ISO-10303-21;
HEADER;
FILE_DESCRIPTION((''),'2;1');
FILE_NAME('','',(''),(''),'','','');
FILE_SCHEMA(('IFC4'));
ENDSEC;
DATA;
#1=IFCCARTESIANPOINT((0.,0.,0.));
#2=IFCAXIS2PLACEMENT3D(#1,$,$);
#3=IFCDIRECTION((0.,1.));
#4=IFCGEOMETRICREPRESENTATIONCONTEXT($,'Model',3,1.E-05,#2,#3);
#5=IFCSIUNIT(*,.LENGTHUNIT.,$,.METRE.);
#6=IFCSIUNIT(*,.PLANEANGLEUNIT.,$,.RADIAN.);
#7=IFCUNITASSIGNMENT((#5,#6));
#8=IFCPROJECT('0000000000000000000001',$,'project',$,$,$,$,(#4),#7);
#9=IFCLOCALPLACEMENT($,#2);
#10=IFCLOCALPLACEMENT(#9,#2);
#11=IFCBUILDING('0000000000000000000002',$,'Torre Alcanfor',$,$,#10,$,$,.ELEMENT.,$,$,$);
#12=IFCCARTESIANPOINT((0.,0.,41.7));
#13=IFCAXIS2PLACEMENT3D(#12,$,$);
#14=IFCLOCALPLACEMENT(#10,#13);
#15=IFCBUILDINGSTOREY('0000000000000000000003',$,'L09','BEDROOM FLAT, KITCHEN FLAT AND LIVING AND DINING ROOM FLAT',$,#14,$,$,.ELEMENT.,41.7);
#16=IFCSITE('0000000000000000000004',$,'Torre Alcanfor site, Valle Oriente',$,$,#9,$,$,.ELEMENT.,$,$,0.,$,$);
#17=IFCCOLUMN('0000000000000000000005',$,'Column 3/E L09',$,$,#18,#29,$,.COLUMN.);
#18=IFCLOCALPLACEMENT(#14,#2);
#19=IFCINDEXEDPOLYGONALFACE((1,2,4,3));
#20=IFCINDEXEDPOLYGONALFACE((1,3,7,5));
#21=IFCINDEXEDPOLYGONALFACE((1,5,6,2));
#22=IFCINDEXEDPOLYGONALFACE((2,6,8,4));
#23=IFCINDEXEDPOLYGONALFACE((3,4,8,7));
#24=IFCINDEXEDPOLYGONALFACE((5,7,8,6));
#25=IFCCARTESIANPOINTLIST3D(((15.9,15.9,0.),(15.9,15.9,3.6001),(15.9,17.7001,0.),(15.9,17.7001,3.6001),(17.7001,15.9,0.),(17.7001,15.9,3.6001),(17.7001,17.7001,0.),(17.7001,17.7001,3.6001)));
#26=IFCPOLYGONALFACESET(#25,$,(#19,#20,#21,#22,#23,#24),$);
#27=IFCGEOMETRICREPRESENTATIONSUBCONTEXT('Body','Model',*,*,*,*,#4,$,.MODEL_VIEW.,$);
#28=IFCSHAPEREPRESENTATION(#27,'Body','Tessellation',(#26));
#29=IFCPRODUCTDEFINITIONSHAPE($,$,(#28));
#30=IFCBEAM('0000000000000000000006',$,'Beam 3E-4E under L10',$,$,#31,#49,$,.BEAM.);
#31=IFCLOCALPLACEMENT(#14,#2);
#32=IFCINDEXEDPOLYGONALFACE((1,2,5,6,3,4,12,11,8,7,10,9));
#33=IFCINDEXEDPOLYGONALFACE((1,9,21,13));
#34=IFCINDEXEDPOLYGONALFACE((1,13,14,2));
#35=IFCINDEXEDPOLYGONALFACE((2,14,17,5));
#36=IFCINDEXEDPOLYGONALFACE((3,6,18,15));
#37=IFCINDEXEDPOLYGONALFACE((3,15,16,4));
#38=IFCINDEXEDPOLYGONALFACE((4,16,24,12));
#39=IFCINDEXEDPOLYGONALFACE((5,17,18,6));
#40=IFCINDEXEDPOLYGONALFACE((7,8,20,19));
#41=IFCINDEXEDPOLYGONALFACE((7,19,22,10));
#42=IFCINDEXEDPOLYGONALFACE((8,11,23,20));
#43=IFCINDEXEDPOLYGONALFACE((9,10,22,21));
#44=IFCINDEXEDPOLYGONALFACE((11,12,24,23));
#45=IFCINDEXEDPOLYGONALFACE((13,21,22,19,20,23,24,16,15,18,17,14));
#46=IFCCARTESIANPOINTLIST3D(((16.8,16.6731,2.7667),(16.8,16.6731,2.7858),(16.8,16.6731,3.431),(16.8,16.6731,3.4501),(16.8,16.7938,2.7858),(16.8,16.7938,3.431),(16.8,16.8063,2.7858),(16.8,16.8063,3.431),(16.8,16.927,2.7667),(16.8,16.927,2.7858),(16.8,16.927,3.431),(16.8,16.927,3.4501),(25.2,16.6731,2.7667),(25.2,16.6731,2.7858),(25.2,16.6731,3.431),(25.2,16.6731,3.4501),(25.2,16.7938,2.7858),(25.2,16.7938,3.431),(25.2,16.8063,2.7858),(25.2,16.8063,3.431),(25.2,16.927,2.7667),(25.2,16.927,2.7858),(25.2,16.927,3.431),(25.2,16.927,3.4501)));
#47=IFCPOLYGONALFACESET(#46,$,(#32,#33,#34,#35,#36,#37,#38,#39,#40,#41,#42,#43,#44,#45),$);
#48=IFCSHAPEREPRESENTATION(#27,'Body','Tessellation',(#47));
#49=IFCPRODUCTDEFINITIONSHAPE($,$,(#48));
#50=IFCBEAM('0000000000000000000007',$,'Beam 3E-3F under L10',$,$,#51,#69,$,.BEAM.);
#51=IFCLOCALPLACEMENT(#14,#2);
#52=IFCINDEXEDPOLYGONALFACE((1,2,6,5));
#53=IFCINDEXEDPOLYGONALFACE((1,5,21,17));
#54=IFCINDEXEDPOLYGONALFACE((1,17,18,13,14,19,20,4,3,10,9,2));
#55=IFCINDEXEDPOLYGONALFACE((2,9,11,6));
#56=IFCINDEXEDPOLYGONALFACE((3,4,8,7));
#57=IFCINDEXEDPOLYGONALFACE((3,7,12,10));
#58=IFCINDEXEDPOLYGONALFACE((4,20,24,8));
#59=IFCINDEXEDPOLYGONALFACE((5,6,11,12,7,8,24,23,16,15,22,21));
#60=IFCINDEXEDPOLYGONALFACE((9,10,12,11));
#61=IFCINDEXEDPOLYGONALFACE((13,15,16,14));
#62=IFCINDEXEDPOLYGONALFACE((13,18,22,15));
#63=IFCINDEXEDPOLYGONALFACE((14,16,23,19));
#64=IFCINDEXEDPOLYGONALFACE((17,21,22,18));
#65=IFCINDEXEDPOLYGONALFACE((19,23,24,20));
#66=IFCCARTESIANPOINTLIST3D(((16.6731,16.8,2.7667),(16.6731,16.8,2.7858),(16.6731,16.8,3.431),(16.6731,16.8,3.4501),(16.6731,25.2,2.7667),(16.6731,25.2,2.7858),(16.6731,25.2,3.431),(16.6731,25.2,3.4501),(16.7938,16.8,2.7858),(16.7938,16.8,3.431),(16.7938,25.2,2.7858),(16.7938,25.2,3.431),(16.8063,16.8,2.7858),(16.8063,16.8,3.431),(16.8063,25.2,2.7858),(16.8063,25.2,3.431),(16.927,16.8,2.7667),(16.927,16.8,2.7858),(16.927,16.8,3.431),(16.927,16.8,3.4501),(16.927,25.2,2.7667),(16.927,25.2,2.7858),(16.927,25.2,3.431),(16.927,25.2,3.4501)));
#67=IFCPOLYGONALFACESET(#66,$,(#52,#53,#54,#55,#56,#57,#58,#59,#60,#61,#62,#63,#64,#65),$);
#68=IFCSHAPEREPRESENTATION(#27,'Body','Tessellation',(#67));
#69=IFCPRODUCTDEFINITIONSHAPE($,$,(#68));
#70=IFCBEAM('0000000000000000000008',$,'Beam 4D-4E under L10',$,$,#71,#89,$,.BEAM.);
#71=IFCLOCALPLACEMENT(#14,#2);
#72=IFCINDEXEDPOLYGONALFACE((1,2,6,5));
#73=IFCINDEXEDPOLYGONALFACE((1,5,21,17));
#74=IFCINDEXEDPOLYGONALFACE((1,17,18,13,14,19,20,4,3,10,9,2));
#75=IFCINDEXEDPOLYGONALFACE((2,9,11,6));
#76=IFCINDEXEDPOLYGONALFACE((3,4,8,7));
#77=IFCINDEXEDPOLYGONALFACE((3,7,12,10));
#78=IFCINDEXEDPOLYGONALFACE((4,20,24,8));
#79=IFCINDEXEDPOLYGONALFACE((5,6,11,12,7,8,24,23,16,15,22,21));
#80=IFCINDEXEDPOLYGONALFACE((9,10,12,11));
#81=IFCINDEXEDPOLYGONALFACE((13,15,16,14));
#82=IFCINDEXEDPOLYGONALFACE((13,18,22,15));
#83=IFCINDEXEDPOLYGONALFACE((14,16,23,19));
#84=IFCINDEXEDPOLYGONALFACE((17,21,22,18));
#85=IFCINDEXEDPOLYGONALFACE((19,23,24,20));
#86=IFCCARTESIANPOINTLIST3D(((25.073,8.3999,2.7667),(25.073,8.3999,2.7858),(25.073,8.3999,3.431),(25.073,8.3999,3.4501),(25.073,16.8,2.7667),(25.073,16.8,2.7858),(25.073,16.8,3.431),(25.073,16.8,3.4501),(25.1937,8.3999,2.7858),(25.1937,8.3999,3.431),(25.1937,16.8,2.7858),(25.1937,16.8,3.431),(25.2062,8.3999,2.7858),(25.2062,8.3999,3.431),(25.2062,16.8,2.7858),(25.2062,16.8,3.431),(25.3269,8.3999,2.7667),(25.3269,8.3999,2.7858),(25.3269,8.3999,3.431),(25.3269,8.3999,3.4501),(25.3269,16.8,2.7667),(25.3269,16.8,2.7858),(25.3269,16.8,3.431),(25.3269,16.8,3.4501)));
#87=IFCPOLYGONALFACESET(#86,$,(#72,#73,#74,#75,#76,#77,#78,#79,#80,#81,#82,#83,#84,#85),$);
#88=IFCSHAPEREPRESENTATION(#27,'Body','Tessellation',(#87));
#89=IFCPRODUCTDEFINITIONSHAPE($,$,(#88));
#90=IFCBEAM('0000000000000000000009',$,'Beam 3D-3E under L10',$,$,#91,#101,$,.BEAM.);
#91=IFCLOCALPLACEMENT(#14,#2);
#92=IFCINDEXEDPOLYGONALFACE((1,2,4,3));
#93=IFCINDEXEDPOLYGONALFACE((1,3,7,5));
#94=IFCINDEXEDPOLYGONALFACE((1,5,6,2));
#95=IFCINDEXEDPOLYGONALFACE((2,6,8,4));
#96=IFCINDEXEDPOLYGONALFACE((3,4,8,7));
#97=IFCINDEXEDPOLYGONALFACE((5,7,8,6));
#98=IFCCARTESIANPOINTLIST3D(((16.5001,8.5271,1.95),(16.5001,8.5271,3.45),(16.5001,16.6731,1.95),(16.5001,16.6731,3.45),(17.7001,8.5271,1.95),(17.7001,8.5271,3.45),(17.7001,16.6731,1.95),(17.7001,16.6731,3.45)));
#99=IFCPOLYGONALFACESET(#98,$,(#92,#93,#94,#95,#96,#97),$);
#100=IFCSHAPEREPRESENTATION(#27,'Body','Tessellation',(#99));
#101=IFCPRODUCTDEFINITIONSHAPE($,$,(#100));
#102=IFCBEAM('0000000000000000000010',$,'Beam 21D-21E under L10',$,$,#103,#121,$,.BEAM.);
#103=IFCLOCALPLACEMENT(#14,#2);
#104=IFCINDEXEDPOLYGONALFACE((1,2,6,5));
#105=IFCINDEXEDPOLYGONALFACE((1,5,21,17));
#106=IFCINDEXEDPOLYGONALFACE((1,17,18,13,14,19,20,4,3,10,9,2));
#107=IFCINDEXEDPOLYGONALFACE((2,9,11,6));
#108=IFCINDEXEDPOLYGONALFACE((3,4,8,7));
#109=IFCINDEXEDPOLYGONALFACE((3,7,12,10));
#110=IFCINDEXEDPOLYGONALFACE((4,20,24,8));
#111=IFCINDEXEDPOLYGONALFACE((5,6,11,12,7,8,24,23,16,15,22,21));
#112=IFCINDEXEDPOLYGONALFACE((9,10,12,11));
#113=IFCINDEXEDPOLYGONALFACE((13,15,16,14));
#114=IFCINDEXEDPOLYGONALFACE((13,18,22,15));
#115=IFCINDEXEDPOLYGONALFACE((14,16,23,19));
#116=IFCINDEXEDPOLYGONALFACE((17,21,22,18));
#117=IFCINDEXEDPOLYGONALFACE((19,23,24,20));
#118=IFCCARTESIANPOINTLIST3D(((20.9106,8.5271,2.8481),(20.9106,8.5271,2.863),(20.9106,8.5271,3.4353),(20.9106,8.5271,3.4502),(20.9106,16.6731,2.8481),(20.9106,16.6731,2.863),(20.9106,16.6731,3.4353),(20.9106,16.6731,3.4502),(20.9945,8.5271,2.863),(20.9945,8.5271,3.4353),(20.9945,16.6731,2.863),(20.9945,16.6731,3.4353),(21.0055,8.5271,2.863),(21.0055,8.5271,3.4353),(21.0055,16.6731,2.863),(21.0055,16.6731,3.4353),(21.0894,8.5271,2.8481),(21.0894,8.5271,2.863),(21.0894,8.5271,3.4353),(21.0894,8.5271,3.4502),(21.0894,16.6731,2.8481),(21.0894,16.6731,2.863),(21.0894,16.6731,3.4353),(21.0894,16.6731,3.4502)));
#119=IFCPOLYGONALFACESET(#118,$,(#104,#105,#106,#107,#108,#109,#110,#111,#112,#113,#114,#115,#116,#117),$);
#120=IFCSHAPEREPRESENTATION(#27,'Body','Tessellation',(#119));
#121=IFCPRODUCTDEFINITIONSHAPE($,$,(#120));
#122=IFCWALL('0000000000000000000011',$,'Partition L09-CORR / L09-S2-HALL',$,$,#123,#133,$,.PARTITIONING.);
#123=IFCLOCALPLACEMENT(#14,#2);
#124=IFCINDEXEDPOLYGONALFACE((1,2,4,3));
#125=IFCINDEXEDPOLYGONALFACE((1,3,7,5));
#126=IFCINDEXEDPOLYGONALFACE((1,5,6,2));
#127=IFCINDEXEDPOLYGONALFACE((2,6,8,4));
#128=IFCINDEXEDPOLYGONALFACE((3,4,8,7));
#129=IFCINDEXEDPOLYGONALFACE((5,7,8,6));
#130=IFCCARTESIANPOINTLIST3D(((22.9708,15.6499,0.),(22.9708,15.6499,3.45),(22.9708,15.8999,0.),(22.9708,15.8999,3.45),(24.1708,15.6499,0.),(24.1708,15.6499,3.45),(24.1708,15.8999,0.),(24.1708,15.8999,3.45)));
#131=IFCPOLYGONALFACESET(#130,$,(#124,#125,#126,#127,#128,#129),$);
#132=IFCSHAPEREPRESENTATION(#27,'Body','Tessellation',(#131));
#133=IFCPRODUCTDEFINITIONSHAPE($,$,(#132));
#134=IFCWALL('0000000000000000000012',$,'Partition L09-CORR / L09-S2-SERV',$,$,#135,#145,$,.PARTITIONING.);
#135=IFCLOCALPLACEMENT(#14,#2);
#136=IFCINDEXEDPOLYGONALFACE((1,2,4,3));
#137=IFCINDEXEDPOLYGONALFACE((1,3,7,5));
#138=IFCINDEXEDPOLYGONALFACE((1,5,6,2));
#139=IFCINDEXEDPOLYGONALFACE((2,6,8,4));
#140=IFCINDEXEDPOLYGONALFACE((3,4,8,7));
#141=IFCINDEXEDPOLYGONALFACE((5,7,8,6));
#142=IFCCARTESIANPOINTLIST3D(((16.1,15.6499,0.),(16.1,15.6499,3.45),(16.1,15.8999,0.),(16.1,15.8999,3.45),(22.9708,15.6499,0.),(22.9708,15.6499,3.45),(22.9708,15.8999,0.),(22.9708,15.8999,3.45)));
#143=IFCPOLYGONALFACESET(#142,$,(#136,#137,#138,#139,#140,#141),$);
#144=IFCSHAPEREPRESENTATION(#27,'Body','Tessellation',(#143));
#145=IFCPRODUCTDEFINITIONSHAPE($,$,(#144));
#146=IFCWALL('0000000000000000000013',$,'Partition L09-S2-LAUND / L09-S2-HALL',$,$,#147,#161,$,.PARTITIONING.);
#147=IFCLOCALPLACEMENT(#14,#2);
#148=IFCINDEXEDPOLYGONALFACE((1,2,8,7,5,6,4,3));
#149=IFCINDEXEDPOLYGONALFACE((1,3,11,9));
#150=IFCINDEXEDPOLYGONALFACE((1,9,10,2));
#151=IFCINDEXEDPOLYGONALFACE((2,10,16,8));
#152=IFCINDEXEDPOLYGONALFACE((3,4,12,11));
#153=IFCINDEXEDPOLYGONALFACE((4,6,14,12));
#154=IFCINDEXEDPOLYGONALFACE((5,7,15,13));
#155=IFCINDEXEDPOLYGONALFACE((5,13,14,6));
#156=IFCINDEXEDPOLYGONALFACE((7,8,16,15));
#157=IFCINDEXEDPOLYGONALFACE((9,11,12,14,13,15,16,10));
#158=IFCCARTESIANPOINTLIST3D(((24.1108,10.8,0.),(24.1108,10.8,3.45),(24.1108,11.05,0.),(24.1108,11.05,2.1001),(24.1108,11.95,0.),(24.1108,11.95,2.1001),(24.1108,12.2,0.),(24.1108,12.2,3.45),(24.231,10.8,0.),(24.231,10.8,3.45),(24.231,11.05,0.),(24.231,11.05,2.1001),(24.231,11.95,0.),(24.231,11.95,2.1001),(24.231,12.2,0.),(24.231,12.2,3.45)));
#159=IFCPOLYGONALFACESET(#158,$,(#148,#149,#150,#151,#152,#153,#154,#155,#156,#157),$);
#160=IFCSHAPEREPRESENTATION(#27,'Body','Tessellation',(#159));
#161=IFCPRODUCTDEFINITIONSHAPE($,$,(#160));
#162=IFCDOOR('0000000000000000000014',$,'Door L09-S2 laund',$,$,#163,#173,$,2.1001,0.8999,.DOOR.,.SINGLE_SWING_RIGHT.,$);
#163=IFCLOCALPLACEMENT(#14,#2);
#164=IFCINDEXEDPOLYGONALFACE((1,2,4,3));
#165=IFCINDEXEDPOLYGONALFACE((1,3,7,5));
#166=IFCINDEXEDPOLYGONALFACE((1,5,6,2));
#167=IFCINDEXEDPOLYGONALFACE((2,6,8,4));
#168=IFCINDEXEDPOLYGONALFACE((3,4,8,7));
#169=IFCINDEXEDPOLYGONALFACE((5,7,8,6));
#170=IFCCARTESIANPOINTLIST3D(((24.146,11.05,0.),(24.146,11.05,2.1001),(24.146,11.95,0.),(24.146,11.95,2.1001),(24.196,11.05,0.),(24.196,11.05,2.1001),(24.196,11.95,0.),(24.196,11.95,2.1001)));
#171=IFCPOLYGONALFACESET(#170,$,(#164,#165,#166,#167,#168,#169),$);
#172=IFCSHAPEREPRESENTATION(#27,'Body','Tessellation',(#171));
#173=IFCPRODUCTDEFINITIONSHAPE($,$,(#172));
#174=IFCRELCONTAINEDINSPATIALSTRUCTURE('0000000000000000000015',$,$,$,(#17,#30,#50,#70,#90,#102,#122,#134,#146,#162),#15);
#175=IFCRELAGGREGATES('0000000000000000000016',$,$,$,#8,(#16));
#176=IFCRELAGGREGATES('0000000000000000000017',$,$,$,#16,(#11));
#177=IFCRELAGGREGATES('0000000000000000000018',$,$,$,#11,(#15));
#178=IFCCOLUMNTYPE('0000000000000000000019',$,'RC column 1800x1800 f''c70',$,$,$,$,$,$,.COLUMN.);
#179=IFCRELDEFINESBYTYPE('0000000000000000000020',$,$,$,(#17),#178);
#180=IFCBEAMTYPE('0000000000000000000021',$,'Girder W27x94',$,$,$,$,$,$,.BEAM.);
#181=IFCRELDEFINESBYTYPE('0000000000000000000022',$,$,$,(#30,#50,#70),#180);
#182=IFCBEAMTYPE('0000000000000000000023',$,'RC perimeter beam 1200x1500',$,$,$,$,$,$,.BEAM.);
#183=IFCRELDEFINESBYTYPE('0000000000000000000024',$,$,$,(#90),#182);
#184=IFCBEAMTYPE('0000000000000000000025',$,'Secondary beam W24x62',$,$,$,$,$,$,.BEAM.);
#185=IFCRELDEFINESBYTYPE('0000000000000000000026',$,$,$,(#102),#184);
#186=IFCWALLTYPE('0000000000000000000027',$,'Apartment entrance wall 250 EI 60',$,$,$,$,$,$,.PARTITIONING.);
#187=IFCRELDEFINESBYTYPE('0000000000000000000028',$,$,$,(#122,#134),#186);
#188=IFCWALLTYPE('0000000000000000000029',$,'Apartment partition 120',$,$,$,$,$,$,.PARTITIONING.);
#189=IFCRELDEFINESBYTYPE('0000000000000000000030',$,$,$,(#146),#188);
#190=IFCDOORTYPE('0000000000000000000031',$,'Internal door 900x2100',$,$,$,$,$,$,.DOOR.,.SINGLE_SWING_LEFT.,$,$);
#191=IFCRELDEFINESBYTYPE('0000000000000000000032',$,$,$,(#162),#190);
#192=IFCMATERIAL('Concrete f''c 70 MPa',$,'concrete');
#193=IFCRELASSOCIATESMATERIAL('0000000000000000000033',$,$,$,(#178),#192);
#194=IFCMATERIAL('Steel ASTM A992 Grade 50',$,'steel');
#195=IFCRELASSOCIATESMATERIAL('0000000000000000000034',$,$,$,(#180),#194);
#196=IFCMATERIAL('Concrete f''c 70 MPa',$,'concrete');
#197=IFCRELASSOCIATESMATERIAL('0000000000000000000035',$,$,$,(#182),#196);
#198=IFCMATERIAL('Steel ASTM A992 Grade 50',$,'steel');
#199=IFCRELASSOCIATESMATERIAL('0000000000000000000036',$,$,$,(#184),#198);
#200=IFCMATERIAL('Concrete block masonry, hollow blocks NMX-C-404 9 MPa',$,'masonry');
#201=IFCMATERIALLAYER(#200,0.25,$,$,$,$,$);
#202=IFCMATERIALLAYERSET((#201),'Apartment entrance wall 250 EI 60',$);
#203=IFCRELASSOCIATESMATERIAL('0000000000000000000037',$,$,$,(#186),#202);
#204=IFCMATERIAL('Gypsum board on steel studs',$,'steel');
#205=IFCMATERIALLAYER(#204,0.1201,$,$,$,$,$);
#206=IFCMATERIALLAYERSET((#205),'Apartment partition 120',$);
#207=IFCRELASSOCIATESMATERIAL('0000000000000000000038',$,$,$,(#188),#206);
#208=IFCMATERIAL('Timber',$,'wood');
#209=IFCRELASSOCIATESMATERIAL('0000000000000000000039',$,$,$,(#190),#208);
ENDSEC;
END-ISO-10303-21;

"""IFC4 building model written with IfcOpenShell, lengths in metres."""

from ifc_helpers import new_model, si_unit, direction, frame, frame_2d, origin, origin_2d, place, context, subcontext, project, spatial, rectangle, i_section, extrude, material, layer, layer_set, material_profile, profile_set, type_object, element, fill, save


model = new_model("IFC4")

# Units and contexts
model_context = context("Model", 3, precision=1e-05, world=origin(), true_north=direction((0.0, 1.0)))
body_context = subcontext(model_context, "Body", "Model", "MODEL_VIEW")
ifc_project = project(units=[si_unit("LENGTHUNIT", "METRE"), si_unit("PLANEANGLEUNIT", "RADIAN")], contexts=[model_context])

# Site, building, storey
site_placement = place(None, origin())
site = spatial("IfcSite", under=ifc_project, at=site_placement, Name="Torre Alcanfor site, Valle Oriente", CompositionType="ELEMENT", RefElevation=0.0)
building_placement = place(site_placement, origin())
building = spatial("IfcBuilding", under=site, at=building_placement, Name="Torre Alcanfor", CompositionType="ELEMENT")
storey_placement = place(building_placement, frame((0.0, 0.0, 41.7)))
storey = spatial("IfcBuildingStorey", under=building, at=storey_placement, Name="L09", Description="BEDROOM FLAT, KITCHEN FLAT AND LIVING AND DINING ROOM FLAT", CompositionType="ELEMENT", Elevation=41.7)

# Column
ifc_material_1 = material(Name="Concrete f'c 70 MPa", Category="concrete")
ifc_material_profile_1 = material_profile(ifc_material_1, rectangle(XDim=1.8, YDim=1.8, at=origin_2d()), Name="1800x1800")
ifc_profile_set_1 = profile_set([ifc_material_profile_1], Name="Concrete f'c 70 MPa")
column_type = type_object("IfcColumnType", Name="RC column 1800x1800 f'c70", PredefinedType="COLUMN", material=ifc_profile_set_1)
column_placement = place(storey_placement, frame((16.8, 16.8, 0.0), z_axis=(0.0, 0.0, 1.0), x_axis=(1.0, 0.0, 0.0)))
element("IfcColumn", 1, at=column_placement, inside=storey, type_object=column_type, Name="Column 3/E L09", PredefinedType="COLUMN", context=body_context, shape_type="SweptSolid", body=[
    extrude(rectangle(XDim=1.8, YDim=1.8, at=origin_2d()), origin(), (0.0, 0.0, 1.0), 3.6001),
])

# Beams
ifc_material_2 = material(Name="Steel ASTM A992 Grade 50", Category="steel")
ifc_material_profile_2 = material_profile(ifc_material_2, i_section(OverallWidth=0.2539, OverallDepth=0.6833, WebThickness=0.0125, FlangeThickness=0.019, at=origin_2d()), Name="W27x94")
ifc_profile_set_2 = profile_set([ifc_material_profile_2], Name="Steel ASTM A992 Grade 50")
beam_type_1 = type_object("IfcBeamType", Name="Girder W27x94", PredefinedType="BEAM", material=ifc_profile_set_2)
for number, where, z_axis, x_axis, name in (
    (2, (16.8, 16.8, 3.1084), (1.0, 0.0, 0.0), (0.0, 1.0, 0.0), "Beam 3E-4E under L10"),
    (3, (16.8, 16.8, 3.1084), (0.0, 1.0, 0.0), (-1.0, 0.0, 0.0), "Beam 3E-3F under L10"),
):
    element("IfcBeam", number, at=place(storey_placement, frame(where, z_axis=z_axis, x_axis=x_axis)), inside=storey, type_object=beam_type_1, Name=name, PredefinedType="BEAM", context=body_context, shape_type="SweptSolid", body=[
        extrude(i_section(OverallWidth=0.2539, OverallDepth=0.6833, WebThickness=0.0125, FlangeThickness=0.019, at=origin_2d()), origin(), (0.0, 0.0, 1.0), 8.3999),
    ])
beam_1_placement = place(storey_placement, frame((25.2, 8.3999, 3.1084), z_axis=(0.0, 1.0, 0.0), x_axis=(-1.0, 0.0, 0.0)))
element("IfcBeam", 4, at=beam_1_placement, inside=storey, type_object=beam_type_1, Name="Beam 4D-4E under L10", PredefinedType="BEAM", context=body_context, shape_type="SweptSolid", body=[
    extrude(i_section(OverallWidth=0.2539, OverallDepth=0.6833, WebThickness=0.0125, FlangeThickness=0.019, at=origin_2d()), origin(), (0.0, 0.0, 1.0), 8.4001),
])
ifc_material_3 = material(Name="Concrete f'c 70 MPa", Category="concrete")
ifc_material_profile_3 = material_profile(ifc_material_3, rectangle(XDim=1.2, YDim=1.5, at=origin_2d()), Name="1200x1500")
ifc_profile_set_3 = profile_set([ifc_material_profile_3], Name="Concrete f'c 70 MPa")
beam_type_2 = type_object("IfcBeamType", Name="RC perimeter beam 1200x1500", PredefinedType="BEAM", material=ifc_profile_set_3)
beam_2_placement = place(storey_placement, frame((17.1001, 8.5271, 2.7), z_axis=(0.0, 1.0, 0.0), x_axis=(-1.0, 0.0, 0.0)))
element("IfcBeam", 5, at=beam_2_placement, inside=storey, type_object=beam_type_2, Name="Beam 3D-3E under L10", PredefinedType="BEAM", context=body_context, shape_type="SweptSolid", body=[
    extrude(rectangle(XDim=1.2, YDim=1.5, at=origin_2d()), origin(), (0.0, 0.0, 1.0), 8.146),
])
ifc_material_4 = material(Name="Steel ASTM A992 Grade 50", Category="steel")
ifc_material_profile_4 = material_profile(ifc_material_4, i_section(OverallWidth=0.1787, OverallDepth=0.6021, WebThickness=0.011, FlangeThickness=0.0149, at=origin_2d()), Name="W24x62")
ifc_profile_set_4 = profile_set([ifc_material_profile_4], Name="Steel ASTM A992 Grade 50")
beam_type_3 = type_object("IfcBeamType", Name="Secondary beam W24x62", PredefinedType="BEAM", material=ifc_profile_set_4)
beam_3_placement = place(storey_placement, frame((21.0, 8.5271, 3.1492), z_axis=(0.0, 1.0, 0.0), x_axis=(-1.0, 0.0, 0.0)))
element("IfcBeam", 6, at=beam_3_placement, inside=storey, type_object=beam_type_3, Name="Beam 21D-21E under L10", PredefinedType="BEAM", context=body_context, shape_type="SweptSolid", body=[
    extrude(i_section(OverallWidth=0.1787, OverallDepth=0.6021, WebThickness=0.011, FlangeThickness=0.0149, at=origin_2d()), origin(), (0.0, 0.0, 1.0), 8.146),
])

# Walls
ifc_material_5 = material(Name="Concrete block masonry, hollow blocks NMX-C-404 9 MPa", Category="masonry")
ifc_layer_1 = layer(ifc_material_5, 0.25)
ifc_layer_set_1 = layer_set([ifc_layer_1], Name="Apartment entrance wall 250 EI 60")
wall_type_1 = type_object("IfcWallType", Name="Apartment entrance wall 250 EI 60", PredefinedType="PARTITIONING", material=ifc_layer_set_1)
wall_1_placement = place(storey_placement, frame((24.1709, 15.7749, 0.0), z_axis=(0.0, 0.0, 1.0), x_axis=(-1.0, 0.0, 0.0)))
element("IfcWall", 7, at=wall_1_placement, inside=storey, type_object=wall_type_1, Name="Partition L09-CORR / L09-S2-HALL", PredefinedType="PARTITIONING", context=body_context, shape_type="SweptSolid", body=[
    extrude(rectangle(XDim=1.2, YDim=0.25, at=frame_2d((0.6001, 0.0))), origin(), (0.0, 0.0, 1.0), 3.45),
])
wall_2_placement = place(storey_placement, frame((22.9709, 15.7749, 0.0), z_axis=(0.0, 0.0, 1.0), x_axis=(-1.0, 0.0, 0.0)))
element("IfcWall", 8, at=wall_2_placement, inside=storey, type_object=wall_type_1, Name="Partition L09-CORR / L09-S2-SERV", PredefinedType="PARTITIONING", context=body_context, shape_type="SweptSolid", body=[
    extrude(rectangle(XDim=6.8708, YDim=0.25, at=frame_2d((3.4355, 0.0))), origin(), (0.0, 0.0, 1.0), 3.45),
])

# Wall, opening, door
ifc_material_6 = material(Name="Gypsum board on steel studs", Category="steel")
ifc_layer_2 = layer(ifc_material_6, 0.1201)
ifc_layer_set_2 = layer_set([ifc_layer_2], Name="Apartment partition 120")
wall_type_2 = type_object("IfcWallType", Name="Apartment partition 120", PredefinedType="PARTITIONING", material=ifc_layer_set_2)
wall_3_placement = place(storey_placement, frame((24.1709, 10.8, 0.0), z_axis=(0.0, 0.0, 1.0), x_axis=(0.0, 1.0, 0.0)))
wall_3 = element("IfcWall", 9, at=wall_3_placement, inside=storey, type_object=wall_type_2, Name="Partition L09-S2-LAUND / L09-S2-HALL", PredefinedType="PARTITIONING", context=body_context, shape_type="SweptSolid", body=[
    extrude(rectangle(XDim=1.3999, YDim=0.1201, at=frame_2d((0.7, 0.0))), origin(), (0.0, 0.0, 1.0), 3.45),
])
opening_1_placement = place(wall_3_placement, frame((0.25, 0.0, 0.0)))
opening_1 = element("IfcOpeningElement", 10, at=opening_1_placement, cuts=wall_3, PredefinedType="OPENING", context=body_context, shape_type="SweptSolid", body=[
    extrude(rectangle(XDim=0.8999, YDim=2.1001, at=frame_2d((0.45, 1.05))), frame((0.0, 0.0701, 0.0), z_axis=(0.0, -1.0, 0.0), x_axis=(1.0, 0.0, 0.0)), (0.0, 0.0, 1.0), 0.1401),
])
ifc_material_7 = material(Name="Timber", Category="wood")
door_type_1 = type_object("IfcDoorType", Name="Internal door 900x2100", OperationType="SINGLE_SWING_LEFT", PredefinedType="DOOR", material=ifc_material_7)
door_1_placement = place(opening_1_placement, frame((0.8999, 0.0, 0.0), z_axis=(0.0, 0.0, 1.0), x_axis=(-1.0, 0.0, 0.0)))
door_1 = element("IfcDoor", 11, at=door_1_placement, inside=storey, type_object=door_type_1, Name="Door L09-S2 laund", OperationType="SINGLE_SWING_RIGHT", OverallHeight=2.1001, OverallWidth=0.8999, PredefinedType="DOOR", context=body_context, shape_type="SweptSolid", body=[
    extrude(rectangle(XDim=0.8999, YDim=2.1001, at=frame_2d((0.45, 1.05))), frame((0.0, 0.0251, 0.0), z_axis=(0.0, -1.0, 0.0), x_axis=(1.0, 0.0, 0.0)), (0.0, 0.0, 1.0), 0.05),
])
fill(opening_1, door_1)

save(model, "model.ifc")
